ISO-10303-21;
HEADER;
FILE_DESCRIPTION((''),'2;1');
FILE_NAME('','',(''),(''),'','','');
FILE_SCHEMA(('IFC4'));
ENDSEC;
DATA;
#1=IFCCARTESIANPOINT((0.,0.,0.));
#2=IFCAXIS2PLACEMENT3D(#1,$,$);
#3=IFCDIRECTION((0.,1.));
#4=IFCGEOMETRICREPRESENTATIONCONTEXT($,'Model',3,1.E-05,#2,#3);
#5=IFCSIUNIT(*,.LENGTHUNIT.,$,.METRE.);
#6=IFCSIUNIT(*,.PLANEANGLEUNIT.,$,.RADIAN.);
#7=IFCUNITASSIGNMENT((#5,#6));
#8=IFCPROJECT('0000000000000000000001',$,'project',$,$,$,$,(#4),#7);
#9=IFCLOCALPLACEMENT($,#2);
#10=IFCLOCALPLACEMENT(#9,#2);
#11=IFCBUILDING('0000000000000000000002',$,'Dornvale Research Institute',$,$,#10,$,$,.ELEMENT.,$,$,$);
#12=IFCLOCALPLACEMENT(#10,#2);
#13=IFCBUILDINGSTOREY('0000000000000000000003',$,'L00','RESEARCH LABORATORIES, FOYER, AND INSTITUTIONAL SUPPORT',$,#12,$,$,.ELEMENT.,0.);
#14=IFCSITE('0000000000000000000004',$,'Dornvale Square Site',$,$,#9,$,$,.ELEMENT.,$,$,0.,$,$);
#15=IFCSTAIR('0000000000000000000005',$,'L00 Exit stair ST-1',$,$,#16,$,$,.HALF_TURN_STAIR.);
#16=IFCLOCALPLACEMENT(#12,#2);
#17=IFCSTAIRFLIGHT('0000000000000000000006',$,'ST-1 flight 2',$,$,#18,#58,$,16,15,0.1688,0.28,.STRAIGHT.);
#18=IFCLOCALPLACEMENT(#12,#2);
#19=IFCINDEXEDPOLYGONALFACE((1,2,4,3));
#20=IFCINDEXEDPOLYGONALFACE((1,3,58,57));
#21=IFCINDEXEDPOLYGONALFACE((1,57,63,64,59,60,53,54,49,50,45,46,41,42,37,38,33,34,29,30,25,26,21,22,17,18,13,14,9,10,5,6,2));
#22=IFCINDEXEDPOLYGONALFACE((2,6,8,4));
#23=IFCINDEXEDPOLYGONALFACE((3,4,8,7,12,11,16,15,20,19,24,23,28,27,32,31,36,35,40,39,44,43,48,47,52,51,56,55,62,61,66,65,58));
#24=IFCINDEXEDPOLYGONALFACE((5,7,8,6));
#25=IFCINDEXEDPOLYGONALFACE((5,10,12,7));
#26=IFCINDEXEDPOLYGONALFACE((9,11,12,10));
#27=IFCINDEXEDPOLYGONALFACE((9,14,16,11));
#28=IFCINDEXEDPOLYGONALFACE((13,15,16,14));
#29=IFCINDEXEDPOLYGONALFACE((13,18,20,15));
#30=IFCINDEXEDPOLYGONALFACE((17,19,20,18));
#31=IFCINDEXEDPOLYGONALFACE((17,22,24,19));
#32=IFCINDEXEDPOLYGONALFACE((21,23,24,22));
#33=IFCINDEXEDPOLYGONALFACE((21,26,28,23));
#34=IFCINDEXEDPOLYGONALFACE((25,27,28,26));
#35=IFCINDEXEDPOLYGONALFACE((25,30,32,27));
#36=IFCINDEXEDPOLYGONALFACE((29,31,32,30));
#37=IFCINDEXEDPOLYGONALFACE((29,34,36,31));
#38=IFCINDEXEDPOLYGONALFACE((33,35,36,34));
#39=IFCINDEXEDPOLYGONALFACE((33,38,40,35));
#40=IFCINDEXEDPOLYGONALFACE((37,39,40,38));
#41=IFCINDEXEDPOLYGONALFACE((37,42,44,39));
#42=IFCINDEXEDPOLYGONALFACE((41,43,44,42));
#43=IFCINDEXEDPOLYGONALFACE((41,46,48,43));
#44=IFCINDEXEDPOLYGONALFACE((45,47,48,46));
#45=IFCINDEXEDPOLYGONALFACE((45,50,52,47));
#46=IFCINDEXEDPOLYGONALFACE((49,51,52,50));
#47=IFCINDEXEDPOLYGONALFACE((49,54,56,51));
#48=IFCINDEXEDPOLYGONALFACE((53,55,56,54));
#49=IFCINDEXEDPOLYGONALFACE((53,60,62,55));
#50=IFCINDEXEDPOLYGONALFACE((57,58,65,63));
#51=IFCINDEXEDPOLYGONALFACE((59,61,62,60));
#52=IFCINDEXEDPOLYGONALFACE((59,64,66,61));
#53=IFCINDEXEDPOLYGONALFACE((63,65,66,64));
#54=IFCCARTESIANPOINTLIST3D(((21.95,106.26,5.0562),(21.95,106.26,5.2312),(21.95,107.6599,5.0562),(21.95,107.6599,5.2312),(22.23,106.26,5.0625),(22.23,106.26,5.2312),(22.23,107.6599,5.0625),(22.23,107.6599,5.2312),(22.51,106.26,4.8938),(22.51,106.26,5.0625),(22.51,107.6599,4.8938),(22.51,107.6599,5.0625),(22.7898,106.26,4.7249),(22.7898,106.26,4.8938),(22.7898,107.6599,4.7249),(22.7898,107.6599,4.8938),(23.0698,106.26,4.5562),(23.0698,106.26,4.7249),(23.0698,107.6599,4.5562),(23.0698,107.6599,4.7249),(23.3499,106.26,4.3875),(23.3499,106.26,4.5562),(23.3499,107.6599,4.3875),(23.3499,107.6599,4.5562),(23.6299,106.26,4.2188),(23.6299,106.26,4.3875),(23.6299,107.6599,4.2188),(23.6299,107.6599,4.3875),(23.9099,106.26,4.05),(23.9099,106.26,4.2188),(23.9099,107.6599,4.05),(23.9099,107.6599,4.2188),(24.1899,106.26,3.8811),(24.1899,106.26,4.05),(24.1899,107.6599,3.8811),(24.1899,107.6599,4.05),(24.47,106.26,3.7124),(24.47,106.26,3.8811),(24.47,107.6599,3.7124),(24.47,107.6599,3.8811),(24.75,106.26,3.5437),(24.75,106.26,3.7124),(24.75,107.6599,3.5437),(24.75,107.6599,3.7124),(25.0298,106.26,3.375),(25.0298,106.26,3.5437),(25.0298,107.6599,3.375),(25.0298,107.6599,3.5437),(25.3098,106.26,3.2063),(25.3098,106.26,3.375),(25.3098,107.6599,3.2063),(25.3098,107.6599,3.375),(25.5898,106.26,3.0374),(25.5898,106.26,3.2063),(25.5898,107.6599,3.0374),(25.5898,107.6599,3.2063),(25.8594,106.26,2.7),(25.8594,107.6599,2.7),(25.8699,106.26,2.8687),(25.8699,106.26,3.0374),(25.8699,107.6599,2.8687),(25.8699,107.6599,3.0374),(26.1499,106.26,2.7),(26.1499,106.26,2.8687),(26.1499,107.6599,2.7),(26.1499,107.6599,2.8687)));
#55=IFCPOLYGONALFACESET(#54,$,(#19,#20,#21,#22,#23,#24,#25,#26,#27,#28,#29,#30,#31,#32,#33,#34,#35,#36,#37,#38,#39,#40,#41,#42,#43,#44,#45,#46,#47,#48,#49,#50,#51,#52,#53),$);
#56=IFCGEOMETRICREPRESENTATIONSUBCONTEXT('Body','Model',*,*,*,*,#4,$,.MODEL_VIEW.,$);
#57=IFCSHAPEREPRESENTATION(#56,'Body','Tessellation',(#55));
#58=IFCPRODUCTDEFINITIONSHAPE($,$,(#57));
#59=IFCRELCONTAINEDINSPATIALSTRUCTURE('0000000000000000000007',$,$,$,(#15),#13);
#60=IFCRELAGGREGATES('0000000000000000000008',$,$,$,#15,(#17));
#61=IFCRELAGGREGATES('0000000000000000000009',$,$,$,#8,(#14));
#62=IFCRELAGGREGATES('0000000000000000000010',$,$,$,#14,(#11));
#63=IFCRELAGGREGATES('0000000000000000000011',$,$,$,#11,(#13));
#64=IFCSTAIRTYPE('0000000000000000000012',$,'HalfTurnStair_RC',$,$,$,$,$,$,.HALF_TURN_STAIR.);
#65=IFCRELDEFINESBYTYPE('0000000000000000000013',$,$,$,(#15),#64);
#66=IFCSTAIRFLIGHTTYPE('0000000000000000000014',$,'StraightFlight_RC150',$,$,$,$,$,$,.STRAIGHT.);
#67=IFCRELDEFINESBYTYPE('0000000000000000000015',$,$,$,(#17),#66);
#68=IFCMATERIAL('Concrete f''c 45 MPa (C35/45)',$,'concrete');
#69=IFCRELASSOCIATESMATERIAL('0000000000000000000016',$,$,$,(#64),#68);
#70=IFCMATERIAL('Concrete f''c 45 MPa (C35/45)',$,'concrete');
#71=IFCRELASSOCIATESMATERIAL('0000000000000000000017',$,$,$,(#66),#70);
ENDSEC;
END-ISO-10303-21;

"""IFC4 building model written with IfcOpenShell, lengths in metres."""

from ifc_helpers import new_model, si_unit, direction, frame, origin, place, context, subcontext, project, spatial, polyline, outline, extrude, material, type_object, element, aggregate, save


model = new_model("IFC4")

# Units and contexts
model_context = context("Model", 3, precision=1e-05, world=origin(), true_north=direction((0.0, 1.0)))
body_context = subcontext(model_context, "Body", "Model", "MODEL_VIEW")
ifc_project = project(units=[si_unit("LENGTHUNIT", "METRE"), si_unit("PLANEANGLEUNIT", "RADIAN")], contexts=[model_context])

# Site, building, storey
site_placement = place(None, origin())
site = spatial("IfcSite", under=ifc_project, at=site_placement, Name="Dornvale Square Site", CompositionType="ELEMENT", RefElevation=0.0)
building_placement = place(site_placement, origin())
building = spatial("IfcBuilding", under=site, at=building_placement, Name="Dornvale Research Institute", CompositionType="ELEMENT")
storey_placement = place(building_placement, origin())
storey = spatial("IfcBuildingStorey", under=building, at=storey_placement, Name="L00", Description="RESEARCH LABORATORIES, FOYER, AND INSTITUTIONAL SUPPORT", CompositionType="ELEMENT", Elevation=0.0)

# Stair, stair flight
ifc_material_1 = material(Name="Concrete f'c 45 MPa (C35/45)", Category="concrete")
stair_type = type_object("IfcStairType", Name="HalfTurnStair_RC", PredefinedType="HALF_TURN_STAIR", material=ifc_material_1)
stair_placement = place(storey_placement, origin())
stair = element("IfcStair", 1, at=stair_placement, inside=storey, type_object=stair_type, Name="L00 Exit stair ST-1", PredefinedType="HALF_TURN_STAIR")
ifc_material_2 = material(Name="Concrete f'c 45 MPa (C35/45)", Category="concrete")
stair_flight_type = type_object("IfcStairFlightType", Name="StraightFlight_RC150", PredefinedType="STRAIGHT", material=ifc_material_2)
stair_flight_1_placement = place(storey_placement, frame((26.1499, 106.96, 2.7), z_axis=(0.0, 0.0, 1.0), x_axis=(-1.0, 0.0, 0.0)))
stair_flight_1 = element("IfcStairFlight", 2, at=stair_flight_1_placement, type_object=stair_flight_type, Name="ST-1 flight 2", NumberOfRisers=16, NumberOfTreads=15, PredefinedType="STRAIGHT", RiserHeight=0.1688, TreadLength=0.28, context=body_context, shape_type="SweptSolid", body=[
    extrude(outline(polyline([(0.0, 0.0), (0.0, 0.1687), (0.28, 0.1687), (0.28, 0.3374), (0.5601, 0.3374), (0.5601, 0.5063), (0.8401, 0.5063), (0.8401, 0.675), (1.1201, 0.675), (1.1201, 0.8438), (1.3999, 0.8438), (1.3999, 1.0125), (1.6799, 1.0125), (1.6799, 1.1812), (1.96, 1.1812), (1.96, 1.3501), (2.24, 1.3501), (2.24, 1.5188), (2.52, 1.5188), (2.52, 1.6875), (2.8, 1.6875), (2.8, 1.8562), (3.0801, 1.8562), (3.0801, 2.0249), (3.3601, 2.0249), (3.3601, 2.1938), (3.6399, 2.1938), (3.6399, 2.3625), (3.9199, 2.3625), (3.9199, 2.5312), (4.2, 2.5312), (4.2, 2.7), (4.2, 2.3562), (0.2905, 0.0), (0.0, 0.0)])), frame((0.0, 0.7, 0.0), z_axis=(0.0, -1.0, 0.0), x_axis=(1.0, 0.0, 0.0)), (0.0, 0.0, 1.0), 1.3999),
])
aggregate(stair, [stair_flight_1])

save(model, "model.ifc")
